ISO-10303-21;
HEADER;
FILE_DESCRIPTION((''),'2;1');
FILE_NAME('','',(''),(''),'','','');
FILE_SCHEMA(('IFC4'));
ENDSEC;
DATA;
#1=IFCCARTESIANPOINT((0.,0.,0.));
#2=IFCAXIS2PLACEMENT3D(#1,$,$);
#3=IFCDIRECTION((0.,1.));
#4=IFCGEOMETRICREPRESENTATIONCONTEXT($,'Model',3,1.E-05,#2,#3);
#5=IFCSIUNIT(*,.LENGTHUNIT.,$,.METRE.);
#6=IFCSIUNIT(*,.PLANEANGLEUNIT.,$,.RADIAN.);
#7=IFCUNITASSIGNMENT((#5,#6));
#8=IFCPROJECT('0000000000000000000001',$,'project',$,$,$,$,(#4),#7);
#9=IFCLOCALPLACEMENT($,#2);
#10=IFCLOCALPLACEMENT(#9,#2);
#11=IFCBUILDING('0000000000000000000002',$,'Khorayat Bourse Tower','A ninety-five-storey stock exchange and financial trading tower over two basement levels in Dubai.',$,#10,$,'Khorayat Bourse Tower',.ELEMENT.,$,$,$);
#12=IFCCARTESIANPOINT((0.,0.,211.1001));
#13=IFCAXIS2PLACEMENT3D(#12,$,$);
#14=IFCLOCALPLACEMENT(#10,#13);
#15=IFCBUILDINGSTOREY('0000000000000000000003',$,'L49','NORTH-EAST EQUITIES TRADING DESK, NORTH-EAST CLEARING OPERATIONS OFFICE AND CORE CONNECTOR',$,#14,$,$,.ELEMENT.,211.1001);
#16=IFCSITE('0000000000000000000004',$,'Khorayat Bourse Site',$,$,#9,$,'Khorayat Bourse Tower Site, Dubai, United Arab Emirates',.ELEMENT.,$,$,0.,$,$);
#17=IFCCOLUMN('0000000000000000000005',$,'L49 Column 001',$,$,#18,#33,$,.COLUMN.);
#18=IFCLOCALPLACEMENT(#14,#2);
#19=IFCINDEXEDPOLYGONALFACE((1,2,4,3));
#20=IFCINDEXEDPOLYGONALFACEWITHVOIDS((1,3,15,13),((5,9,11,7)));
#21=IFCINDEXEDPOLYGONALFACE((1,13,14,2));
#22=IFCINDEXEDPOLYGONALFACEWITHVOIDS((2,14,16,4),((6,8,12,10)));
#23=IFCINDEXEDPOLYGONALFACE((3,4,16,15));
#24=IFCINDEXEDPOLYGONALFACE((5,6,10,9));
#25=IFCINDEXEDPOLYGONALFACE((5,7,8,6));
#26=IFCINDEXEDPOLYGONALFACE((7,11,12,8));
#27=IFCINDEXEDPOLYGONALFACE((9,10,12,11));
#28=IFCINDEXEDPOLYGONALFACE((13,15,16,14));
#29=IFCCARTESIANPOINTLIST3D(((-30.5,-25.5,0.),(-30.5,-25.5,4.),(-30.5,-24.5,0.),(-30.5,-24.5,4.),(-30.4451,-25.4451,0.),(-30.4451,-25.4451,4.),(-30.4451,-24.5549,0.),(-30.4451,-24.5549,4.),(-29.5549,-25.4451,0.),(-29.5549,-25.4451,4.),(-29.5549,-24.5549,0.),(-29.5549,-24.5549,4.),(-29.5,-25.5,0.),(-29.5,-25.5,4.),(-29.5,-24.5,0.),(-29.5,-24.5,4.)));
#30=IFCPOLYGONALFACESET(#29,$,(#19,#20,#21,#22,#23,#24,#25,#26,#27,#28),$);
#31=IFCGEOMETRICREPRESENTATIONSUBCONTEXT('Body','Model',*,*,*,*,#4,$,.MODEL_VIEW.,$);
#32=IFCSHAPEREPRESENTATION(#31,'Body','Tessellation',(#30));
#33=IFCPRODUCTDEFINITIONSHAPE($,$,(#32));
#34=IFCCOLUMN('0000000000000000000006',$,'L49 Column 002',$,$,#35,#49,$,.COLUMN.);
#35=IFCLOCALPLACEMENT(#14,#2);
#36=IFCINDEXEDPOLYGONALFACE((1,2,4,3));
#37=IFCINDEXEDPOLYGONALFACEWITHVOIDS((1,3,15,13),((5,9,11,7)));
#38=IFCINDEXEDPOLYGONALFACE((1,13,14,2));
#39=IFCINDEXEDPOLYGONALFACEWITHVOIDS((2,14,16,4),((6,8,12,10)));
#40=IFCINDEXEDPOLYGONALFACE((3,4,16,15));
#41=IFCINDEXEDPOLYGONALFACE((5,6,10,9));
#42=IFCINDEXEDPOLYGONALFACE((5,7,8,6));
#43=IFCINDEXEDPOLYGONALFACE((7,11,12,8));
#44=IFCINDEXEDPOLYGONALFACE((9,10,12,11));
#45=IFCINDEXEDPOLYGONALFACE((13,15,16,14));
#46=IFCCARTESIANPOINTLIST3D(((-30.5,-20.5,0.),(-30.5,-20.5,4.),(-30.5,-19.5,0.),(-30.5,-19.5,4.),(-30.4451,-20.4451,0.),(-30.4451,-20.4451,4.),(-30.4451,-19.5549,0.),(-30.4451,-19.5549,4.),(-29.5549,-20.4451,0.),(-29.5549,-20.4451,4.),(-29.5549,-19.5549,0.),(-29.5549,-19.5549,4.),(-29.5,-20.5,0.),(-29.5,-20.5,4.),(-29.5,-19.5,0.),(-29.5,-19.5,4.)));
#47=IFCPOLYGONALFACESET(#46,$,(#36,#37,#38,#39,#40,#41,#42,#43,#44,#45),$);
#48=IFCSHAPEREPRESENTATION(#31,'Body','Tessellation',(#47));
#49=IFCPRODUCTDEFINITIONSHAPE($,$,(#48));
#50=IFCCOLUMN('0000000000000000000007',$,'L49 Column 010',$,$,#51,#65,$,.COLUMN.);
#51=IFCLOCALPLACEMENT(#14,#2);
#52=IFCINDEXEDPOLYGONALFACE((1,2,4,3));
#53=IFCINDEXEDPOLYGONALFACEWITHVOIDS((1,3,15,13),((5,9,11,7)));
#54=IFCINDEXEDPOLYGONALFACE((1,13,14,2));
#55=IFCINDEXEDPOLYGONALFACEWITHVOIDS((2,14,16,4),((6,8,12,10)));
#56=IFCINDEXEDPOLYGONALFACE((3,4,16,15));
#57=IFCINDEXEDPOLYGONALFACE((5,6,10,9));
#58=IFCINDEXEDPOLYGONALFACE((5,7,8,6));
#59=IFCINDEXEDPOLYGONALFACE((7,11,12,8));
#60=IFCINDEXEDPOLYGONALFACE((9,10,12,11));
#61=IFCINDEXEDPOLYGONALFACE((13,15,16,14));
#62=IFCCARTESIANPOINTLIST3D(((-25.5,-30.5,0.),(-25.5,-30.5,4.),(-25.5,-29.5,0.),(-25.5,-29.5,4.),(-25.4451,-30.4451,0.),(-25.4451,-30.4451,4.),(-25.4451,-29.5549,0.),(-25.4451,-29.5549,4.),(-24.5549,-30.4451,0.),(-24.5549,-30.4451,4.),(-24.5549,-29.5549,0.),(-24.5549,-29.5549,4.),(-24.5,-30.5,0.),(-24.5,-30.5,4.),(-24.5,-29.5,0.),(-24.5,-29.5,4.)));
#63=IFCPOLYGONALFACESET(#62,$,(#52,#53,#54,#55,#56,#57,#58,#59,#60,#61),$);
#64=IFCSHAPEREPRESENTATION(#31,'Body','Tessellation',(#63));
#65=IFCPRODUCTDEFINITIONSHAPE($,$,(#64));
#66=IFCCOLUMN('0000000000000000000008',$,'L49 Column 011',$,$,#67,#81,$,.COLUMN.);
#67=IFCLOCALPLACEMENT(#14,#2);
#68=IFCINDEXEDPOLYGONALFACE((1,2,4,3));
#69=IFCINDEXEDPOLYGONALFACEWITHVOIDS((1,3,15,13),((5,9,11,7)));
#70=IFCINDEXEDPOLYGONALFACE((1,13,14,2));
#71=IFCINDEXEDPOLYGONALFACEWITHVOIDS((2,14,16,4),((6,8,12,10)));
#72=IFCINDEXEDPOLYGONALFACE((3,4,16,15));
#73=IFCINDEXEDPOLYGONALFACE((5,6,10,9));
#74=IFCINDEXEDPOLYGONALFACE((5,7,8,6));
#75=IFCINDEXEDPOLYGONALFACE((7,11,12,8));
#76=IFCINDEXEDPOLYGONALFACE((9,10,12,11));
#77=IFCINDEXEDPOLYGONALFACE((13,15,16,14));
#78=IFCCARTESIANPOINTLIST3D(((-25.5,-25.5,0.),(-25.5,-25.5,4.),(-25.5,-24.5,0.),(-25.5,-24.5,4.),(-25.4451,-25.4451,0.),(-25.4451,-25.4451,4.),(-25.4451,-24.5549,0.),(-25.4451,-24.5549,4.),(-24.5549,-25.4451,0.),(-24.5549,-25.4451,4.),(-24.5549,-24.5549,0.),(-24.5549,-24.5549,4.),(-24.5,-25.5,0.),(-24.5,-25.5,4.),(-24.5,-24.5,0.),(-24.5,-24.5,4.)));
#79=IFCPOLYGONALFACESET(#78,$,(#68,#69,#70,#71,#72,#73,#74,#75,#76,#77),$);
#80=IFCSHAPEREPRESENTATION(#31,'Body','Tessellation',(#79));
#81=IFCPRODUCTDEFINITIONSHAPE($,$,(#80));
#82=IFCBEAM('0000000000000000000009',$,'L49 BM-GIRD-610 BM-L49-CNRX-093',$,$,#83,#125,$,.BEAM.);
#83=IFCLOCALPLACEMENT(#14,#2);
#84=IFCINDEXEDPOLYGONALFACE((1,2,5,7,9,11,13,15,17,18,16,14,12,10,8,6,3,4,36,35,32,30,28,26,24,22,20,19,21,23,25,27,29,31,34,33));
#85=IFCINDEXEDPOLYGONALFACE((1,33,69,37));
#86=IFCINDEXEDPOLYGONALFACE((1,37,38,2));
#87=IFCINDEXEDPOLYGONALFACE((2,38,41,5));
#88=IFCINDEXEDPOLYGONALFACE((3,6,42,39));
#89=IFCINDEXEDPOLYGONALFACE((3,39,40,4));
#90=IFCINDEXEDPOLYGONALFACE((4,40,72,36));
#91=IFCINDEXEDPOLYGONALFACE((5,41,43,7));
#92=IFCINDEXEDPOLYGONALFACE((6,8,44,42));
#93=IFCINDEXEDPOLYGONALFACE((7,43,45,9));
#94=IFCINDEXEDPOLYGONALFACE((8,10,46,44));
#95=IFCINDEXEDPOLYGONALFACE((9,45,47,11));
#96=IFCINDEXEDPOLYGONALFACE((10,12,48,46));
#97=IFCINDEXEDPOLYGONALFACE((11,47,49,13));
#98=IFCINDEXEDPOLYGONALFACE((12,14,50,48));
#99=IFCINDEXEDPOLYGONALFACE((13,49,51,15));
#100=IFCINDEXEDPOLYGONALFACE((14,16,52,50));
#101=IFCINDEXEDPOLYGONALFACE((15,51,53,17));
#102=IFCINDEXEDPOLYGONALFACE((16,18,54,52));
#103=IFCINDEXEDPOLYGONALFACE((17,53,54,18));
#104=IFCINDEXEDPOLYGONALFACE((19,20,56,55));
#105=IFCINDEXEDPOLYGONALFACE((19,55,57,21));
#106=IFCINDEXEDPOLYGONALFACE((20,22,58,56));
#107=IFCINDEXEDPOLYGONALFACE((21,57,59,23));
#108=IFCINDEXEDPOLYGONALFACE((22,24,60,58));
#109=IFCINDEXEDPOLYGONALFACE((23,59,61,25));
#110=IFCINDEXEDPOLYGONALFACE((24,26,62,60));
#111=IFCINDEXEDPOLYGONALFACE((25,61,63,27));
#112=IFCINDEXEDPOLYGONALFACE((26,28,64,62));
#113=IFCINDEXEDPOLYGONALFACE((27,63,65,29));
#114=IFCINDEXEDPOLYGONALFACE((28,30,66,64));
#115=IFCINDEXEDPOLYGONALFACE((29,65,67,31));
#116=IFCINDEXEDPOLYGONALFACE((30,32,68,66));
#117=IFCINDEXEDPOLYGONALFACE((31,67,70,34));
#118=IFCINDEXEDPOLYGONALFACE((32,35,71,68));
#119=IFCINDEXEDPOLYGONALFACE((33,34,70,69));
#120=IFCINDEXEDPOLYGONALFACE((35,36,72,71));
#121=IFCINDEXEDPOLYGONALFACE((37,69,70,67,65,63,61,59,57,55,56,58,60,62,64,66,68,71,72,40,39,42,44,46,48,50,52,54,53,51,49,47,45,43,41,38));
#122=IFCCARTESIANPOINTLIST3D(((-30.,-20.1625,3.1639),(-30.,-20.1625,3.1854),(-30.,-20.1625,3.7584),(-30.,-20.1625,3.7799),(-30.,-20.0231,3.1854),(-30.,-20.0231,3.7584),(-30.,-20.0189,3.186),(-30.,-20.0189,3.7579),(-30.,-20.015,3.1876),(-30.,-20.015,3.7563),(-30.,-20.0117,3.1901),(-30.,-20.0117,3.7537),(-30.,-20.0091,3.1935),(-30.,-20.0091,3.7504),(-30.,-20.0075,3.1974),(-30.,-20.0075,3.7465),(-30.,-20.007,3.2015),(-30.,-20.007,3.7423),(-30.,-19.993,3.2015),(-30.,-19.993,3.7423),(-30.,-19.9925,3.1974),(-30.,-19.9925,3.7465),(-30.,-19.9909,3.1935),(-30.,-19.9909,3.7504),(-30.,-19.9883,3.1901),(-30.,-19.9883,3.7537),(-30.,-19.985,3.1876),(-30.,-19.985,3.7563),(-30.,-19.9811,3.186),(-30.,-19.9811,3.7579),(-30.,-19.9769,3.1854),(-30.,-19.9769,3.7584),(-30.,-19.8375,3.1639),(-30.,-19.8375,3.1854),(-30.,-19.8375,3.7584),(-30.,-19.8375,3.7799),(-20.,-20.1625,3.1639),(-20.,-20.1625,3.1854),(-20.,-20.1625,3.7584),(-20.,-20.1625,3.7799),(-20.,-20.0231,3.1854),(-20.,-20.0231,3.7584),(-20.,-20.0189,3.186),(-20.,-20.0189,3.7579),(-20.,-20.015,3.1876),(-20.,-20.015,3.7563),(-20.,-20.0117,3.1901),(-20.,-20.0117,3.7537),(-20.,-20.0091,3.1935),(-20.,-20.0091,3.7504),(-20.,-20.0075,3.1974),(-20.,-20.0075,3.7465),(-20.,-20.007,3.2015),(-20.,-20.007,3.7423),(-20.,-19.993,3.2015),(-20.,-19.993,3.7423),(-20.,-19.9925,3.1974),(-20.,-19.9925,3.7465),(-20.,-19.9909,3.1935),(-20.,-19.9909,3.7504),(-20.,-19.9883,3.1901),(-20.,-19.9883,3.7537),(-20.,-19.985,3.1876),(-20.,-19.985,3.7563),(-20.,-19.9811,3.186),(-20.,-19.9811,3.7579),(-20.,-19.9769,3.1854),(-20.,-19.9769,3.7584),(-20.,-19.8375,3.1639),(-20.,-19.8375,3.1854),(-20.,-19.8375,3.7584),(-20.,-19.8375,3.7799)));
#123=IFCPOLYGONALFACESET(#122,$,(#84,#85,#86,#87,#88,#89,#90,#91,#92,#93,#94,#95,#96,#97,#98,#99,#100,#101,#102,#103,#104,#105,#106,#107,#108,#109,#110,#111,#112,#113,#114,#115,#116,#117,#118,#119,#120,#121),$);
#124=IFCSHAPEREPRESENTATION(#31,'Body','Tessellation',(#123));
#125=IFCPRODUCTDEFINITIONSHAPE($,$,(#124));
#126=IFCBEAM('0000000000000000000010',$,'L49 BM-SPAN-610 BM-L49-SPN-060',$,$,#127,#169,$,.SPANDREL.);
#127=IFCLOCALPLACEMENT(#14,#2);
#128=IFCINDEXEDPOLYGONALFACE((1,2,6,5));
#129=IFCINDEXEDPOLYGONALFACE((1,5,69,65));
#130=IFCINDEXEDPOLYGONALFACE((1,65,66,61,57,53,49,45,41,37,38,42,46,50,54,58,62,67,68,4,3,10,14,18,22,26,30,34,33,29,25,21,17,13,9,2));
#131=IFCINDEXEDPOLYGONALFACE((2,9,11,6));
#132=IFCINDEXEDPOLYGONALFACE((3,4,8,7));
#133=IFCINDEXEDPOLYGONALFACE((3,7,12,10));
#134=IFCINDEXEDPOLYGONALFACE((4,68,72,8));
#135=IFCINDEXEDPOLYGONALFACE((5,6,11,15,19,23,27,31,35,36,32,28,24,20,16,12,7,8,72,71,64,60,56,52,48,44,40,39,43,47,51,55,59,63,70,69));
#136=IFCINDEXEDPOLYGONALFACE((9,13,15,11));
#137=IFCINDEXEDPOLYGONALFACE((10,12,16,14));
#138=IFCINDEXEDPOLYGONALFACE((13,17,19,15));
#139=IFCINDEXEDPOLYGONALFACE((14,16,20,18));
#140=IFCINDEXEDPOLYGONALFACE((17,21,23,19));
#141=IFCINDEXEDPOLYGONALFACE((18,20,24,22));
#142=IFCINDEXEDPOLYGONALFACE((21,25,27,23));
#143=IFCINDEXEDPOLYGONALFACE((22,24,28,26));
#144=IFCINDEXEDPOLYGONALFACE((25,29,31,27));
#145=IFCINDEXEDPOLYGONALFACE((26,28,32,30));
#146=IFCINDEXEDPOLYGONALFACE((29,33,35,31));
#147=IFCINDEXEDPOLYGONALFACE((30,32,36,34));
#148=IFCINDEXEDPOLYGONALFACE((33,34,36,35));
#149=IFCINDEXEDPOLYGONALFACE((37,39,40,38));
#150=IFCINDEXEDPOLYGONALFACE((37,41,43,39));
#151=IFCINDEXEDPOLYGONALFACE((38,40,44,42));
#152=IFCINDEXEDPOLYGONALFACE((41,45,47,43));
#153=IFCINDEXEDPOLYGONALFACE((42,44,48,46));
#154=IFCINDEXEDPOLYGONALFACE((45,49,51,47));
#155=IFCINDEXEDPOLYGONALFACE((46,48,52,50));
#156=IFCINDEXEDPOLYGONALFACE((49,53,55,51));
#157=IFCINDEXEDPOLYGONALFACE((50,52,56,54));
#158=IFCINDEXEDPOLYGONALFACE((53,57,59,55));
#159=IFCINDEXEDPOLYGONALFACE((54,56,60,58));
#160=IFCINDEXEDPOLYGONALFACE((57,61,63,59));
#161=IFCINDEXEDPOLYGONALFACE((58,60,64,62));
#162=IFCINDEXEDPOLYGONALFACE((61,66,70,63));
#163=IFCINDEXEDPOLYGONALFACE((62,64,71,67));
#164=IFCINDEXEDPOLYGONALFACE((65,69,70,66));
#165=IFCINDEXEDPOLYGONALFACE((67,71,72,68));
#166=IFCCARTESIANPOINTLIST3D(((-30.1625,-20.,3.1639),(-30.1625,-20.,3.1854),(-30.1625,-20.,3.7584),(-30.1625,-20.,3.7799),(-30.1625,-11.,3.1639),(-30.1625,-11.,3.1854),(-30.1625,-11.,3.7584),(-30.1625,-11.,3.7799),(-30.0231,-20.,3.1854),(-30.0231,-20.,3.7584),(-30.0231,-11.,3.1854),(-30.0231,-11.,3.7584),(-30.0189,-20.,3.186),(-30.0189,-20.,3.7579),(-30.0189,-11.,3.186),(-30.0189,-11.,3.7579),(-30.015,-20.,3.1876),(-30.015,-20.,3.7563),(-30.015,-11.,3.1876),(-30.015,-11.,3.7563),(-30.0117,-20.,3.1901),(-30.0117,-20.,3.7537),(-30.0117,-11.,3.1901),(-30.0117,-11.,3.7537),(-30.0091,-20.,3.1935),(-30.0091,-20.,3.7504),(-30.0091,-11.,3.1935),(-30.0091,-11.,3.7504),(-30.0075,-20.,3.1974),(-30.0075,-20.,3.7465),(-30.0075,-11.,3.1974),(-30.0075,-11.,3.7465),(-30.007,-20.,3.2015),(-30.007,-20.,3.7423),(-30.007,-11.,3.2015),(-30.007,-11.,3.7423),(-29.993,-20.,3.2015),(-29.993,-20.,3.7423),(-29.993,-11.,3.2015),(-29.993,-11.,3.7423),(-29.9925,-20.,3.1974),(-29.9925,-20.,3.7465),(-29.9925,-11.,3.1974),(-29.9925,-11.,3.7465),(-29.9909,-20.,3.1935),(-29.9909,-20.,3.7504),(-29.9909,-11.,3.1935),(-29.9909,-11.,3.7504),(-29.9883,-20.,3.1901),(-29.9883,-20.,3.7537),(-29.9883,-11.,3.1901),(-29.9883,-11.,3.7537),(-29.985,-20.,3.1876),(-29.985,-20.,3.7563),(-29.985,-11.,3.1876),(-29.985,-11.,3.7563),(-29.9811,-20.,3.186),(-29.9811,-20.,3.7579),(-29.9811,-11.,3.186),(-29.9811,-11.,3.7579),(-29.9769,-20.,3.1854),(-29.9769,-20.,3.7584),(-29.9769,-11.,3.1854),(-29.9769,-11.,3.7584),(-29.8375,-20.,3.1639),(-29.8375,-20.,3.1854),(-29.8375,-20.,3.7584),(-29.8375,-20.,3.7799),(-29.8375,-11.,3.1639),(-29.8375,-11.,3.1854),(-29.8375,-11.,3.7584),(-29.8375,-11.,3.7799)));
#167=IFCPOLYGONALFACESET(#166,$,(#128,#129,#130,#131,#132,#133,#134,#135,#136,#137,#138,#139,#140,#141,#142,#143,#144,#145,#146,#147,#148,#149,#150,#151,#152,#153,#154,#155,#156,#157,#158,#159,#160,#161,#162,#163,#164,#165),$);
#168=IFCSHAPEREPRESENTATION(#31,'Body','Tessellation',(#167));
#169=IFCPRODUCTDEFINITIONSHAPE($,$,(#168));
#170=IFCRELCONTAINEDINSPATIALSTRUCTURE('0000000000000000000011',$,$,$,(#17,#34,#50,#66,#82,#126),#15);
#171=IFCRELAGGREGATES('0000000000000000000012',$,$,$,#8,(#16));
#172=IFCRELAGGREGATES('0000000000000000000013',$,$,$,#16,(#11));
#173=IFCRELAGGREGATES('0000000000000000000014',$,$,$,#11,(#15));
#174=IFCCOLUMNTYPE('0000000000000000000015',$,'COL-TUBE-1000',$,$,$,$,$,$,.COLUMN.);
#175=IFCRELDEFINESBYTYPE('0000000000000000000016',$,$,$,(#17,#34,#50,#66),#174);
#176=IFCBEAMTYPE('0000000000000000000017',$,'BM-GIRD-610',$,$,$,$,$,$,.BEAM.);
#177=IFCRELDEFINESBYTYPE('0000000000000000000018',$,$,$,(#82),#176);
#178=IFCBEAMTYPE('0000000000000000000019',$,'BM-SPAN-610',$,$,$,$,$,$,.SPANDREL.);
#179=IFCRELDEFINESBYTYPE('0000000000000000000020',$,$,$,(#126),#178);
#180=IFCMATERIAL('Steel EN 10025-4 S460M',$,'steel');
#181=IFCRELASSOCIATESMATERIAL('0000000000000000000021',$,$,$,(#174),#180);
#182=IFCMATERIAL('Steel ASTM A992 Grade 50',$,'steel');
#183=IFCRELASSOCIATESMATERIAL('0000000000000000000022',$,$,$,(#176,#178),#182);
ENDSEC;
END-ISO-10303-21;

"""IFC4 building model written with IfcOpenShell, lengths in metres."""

from ifc_helpers import new_model, si_unit, direction, frame, origin, origin_2d, place, context, subcontext, project, spatial, hollow_rectangle, i_section, extrude, source, transform, mapped, material, material_profile, profile_set, type_object, element, save


model = new_model("IFC4")

# Units and contexts
model_context = context("Model", 3, precision=1e-05, world=origin(), true_north=direction((0.0, 1.0)))
body_context = subcontext(model_context, "Body", "Model", "MODEL_VIEW")
ifc_project = project(units=[si_unit("LENGTHUNIT", "METRE"), si_unit("PLANEANGLEUNIT", "RADIAN")], contexts=[model_context])

# Site, building, storey
site_placement = place(None, origin())
site = spatial("IfcSite", under=ifc_project, at=site_placement, Name="Khorayat Bourse Site", LongName="Khorayat Bourse Tower Site, Dubai, United Arab Emirates", CompositionType="ELEMENT", RefElevation=0.0)
building_placement = place(site_placement, origin())
building = spatial("IfcBuilding", under=site, at=building_placement, Name="Khorayat Bourse Tower", Description="A ninety-five-storey stock exchange and financial trading tower over two basement levels in Dubai.", LongName="Khorayat Bourse Tower", CompositionType="ELEMENT")
storey_placement = place(building_placement, frame((0.0, 0.0, 211.1001)))
storey = spatial("IfcBuildingStorey", under=building, at=storey_placement, Name="L49", Description="NORTH-EAST EQUITIES TRADING DESK, NORTH-EAST CLEARING OPERATIONS OFFICE AND CORE CONNECTOR", CompositionType="ELEMENT", Elevation=211.1001)

# Columns
ifc_material_1 = material(Name="Steel EN 10025-4 S460M", Category="steel")
ifc_material_profile_1 = material_profile(ifc_material_1, hollow_rectangle(XDim=1.0, YDim=1.0, WallThickness=0.0549, at=origin_2d()), Name="BOX 1000x1000x55")
ifc_profile_set_1 = profile_set([ifc_material_profile_1], Name="Steel EN 10025-4 S460M")
column_type = type_object("IfcColumnType", Name="COL-TUBE-1000", PredefinedType="COLUMN", material=ifc_profile_set_1)
shared_shape_1 = source(origin(), body_context, "Body", "SweptSolid", [
    extrude(hollow_rectangle(XDim=1.0, YDim=1.0, WallThickness=0.0549, at=origin_2d()), origin(), (0.0, 0.0, 1.0), 4.0),
])
for number, where, z_axis, x_axis, name in (
    (1, (-30.0, -25.0, 0.0), (0.0, 0.0, 1.0), (1.0, 0.0, 0.0), "L49 Column 001"),
    (2, (-30.0, -20.0, 0.0), (0.0, 0.0, 1.0), (1.0, 0.0, 0.0), "L49 Column 002"),
    (3, (-25.0, -30.0, 0.0), (0.0, 0.0, 1.0), (1.0, 0.0, 0.0), "L49 Column 010"),
    (4, (-25.0, -25.0, 0.0), (0.0, 0.0, 1.0), (1.0, 0.0, 0.0), "L49 Column 011"),
):
    element("IfcColumn", number, at=place(storey_placement, frame(where, z_axis=z_axis, x_axis=x_axis)), inside=storey, type_object=column_type, Name=name, PredefinedType="COLUMN", context=body_context, shape_type="MappedRepresentation", body=[
        mapped(shared_shape_1, transform((0.0, 0.0, 0.0), scale=1.0)),
    ])

# Beams
ifc_material_2 = material(Name="Steel ASTM A992 Grade 50", Category="steel")
ifc_material_profile_2 = material_profile(ifc_material_2, i_section(OverallWidth=0.325, OverallDepth=0.616, WebThickness=0.0139, FlangeThickness=0.0215, FilletRadius=0.0161, at=origin_2d()), Name="W610X174")
ifc_profile_set_2 = profile_set([ifc_material_profile_2], Name="Steel ASTM A992 Grade 50")
beam_type_1 = type_object("IfcBeamType", Name="BM-GIRD-610", PredefinedType="BEAM", material=ifc_profile_set_2)
shared_shape_2 = source(origin(), body_context, "Body", "SweptSolid", [
    extrude(i_section(OverallWidth=0.325, OverallDepth=0.616, WebThickness=0.0139, FlangeThickness=0.0215, FilletRadius=0.0161, at=origin_2d()), origin(), (0.0, 0.0, 1.0), 10.0),
])
beam_1_placement = place(storey_placement, frame((-30.0, -20.0, 3.4719), z_axis=(1.0, 0.0, 0.0), x_axis=(0.0, 1.0, 0.0)))
element("IfcBeam", 5, at=beam_1_placement, inside=storey, type_object=beam_type_1, Name="L49 BM-GIRD-610 BM-L49-CNRX-093", PredefinedType="BEAM", context=body_context, shape_type="MappedRepresentation", body=[
    mapped(shared_shape_2, transform((0.0, 0.0, 0.0), scale=1.0)),
])
ifc_material_profile_3 = material_profile(ifc_material_2, i_section(OverallWidth=0.325, OverallDepth=0.616, WebThickness=0.0139, FlangeThickness=0.0215, FilletRadius=0.0161, at=origin_2d()), Name="W610X174")
ifc_profile_set_3 = profile_set([ifc_material_profile_3], Name="Steel ASTM A992 Grade 50")
beam_type_2 = type_object("IfcBeamType", Name="BM-SPAN-610", PredefinedType="SPANDREL", material=ifc_profile_set_3)
shared_shape_3 = source(origin(), body_context, "Body", "SweptSolid", [
    extrude(i_section(OverallWidth=0.325, OverallDepth=0.616, WebThickness=0.0139, FlangeThickness=0.0215, FilletRadius=0.0161, at=origin_2d()), origin(), (0.0, 0.0, 1.0), 9.0),
])
beam_2_placement = place(storey_placement, frame((-30.0, -20.0, 3.4719), z_axis=(0.0, 1.0, 0.0), x_axis=(-1.0, 0.0, 0.0)))
element("IfcBeam", 6, at=beam_2_placement, inside=storey, type_object=beam_type_2, Name="L49 BM-SPAN-610 BM-L49-SPN-060", PredefinedType="SPANDREL", context=body_context, shape_type="MappedRepresentation", body=[
    mapped(shared_shape_3, transform((0.0, 0.0, 0.0), scale=1.0)),
])

save(model, "model.ifc")
